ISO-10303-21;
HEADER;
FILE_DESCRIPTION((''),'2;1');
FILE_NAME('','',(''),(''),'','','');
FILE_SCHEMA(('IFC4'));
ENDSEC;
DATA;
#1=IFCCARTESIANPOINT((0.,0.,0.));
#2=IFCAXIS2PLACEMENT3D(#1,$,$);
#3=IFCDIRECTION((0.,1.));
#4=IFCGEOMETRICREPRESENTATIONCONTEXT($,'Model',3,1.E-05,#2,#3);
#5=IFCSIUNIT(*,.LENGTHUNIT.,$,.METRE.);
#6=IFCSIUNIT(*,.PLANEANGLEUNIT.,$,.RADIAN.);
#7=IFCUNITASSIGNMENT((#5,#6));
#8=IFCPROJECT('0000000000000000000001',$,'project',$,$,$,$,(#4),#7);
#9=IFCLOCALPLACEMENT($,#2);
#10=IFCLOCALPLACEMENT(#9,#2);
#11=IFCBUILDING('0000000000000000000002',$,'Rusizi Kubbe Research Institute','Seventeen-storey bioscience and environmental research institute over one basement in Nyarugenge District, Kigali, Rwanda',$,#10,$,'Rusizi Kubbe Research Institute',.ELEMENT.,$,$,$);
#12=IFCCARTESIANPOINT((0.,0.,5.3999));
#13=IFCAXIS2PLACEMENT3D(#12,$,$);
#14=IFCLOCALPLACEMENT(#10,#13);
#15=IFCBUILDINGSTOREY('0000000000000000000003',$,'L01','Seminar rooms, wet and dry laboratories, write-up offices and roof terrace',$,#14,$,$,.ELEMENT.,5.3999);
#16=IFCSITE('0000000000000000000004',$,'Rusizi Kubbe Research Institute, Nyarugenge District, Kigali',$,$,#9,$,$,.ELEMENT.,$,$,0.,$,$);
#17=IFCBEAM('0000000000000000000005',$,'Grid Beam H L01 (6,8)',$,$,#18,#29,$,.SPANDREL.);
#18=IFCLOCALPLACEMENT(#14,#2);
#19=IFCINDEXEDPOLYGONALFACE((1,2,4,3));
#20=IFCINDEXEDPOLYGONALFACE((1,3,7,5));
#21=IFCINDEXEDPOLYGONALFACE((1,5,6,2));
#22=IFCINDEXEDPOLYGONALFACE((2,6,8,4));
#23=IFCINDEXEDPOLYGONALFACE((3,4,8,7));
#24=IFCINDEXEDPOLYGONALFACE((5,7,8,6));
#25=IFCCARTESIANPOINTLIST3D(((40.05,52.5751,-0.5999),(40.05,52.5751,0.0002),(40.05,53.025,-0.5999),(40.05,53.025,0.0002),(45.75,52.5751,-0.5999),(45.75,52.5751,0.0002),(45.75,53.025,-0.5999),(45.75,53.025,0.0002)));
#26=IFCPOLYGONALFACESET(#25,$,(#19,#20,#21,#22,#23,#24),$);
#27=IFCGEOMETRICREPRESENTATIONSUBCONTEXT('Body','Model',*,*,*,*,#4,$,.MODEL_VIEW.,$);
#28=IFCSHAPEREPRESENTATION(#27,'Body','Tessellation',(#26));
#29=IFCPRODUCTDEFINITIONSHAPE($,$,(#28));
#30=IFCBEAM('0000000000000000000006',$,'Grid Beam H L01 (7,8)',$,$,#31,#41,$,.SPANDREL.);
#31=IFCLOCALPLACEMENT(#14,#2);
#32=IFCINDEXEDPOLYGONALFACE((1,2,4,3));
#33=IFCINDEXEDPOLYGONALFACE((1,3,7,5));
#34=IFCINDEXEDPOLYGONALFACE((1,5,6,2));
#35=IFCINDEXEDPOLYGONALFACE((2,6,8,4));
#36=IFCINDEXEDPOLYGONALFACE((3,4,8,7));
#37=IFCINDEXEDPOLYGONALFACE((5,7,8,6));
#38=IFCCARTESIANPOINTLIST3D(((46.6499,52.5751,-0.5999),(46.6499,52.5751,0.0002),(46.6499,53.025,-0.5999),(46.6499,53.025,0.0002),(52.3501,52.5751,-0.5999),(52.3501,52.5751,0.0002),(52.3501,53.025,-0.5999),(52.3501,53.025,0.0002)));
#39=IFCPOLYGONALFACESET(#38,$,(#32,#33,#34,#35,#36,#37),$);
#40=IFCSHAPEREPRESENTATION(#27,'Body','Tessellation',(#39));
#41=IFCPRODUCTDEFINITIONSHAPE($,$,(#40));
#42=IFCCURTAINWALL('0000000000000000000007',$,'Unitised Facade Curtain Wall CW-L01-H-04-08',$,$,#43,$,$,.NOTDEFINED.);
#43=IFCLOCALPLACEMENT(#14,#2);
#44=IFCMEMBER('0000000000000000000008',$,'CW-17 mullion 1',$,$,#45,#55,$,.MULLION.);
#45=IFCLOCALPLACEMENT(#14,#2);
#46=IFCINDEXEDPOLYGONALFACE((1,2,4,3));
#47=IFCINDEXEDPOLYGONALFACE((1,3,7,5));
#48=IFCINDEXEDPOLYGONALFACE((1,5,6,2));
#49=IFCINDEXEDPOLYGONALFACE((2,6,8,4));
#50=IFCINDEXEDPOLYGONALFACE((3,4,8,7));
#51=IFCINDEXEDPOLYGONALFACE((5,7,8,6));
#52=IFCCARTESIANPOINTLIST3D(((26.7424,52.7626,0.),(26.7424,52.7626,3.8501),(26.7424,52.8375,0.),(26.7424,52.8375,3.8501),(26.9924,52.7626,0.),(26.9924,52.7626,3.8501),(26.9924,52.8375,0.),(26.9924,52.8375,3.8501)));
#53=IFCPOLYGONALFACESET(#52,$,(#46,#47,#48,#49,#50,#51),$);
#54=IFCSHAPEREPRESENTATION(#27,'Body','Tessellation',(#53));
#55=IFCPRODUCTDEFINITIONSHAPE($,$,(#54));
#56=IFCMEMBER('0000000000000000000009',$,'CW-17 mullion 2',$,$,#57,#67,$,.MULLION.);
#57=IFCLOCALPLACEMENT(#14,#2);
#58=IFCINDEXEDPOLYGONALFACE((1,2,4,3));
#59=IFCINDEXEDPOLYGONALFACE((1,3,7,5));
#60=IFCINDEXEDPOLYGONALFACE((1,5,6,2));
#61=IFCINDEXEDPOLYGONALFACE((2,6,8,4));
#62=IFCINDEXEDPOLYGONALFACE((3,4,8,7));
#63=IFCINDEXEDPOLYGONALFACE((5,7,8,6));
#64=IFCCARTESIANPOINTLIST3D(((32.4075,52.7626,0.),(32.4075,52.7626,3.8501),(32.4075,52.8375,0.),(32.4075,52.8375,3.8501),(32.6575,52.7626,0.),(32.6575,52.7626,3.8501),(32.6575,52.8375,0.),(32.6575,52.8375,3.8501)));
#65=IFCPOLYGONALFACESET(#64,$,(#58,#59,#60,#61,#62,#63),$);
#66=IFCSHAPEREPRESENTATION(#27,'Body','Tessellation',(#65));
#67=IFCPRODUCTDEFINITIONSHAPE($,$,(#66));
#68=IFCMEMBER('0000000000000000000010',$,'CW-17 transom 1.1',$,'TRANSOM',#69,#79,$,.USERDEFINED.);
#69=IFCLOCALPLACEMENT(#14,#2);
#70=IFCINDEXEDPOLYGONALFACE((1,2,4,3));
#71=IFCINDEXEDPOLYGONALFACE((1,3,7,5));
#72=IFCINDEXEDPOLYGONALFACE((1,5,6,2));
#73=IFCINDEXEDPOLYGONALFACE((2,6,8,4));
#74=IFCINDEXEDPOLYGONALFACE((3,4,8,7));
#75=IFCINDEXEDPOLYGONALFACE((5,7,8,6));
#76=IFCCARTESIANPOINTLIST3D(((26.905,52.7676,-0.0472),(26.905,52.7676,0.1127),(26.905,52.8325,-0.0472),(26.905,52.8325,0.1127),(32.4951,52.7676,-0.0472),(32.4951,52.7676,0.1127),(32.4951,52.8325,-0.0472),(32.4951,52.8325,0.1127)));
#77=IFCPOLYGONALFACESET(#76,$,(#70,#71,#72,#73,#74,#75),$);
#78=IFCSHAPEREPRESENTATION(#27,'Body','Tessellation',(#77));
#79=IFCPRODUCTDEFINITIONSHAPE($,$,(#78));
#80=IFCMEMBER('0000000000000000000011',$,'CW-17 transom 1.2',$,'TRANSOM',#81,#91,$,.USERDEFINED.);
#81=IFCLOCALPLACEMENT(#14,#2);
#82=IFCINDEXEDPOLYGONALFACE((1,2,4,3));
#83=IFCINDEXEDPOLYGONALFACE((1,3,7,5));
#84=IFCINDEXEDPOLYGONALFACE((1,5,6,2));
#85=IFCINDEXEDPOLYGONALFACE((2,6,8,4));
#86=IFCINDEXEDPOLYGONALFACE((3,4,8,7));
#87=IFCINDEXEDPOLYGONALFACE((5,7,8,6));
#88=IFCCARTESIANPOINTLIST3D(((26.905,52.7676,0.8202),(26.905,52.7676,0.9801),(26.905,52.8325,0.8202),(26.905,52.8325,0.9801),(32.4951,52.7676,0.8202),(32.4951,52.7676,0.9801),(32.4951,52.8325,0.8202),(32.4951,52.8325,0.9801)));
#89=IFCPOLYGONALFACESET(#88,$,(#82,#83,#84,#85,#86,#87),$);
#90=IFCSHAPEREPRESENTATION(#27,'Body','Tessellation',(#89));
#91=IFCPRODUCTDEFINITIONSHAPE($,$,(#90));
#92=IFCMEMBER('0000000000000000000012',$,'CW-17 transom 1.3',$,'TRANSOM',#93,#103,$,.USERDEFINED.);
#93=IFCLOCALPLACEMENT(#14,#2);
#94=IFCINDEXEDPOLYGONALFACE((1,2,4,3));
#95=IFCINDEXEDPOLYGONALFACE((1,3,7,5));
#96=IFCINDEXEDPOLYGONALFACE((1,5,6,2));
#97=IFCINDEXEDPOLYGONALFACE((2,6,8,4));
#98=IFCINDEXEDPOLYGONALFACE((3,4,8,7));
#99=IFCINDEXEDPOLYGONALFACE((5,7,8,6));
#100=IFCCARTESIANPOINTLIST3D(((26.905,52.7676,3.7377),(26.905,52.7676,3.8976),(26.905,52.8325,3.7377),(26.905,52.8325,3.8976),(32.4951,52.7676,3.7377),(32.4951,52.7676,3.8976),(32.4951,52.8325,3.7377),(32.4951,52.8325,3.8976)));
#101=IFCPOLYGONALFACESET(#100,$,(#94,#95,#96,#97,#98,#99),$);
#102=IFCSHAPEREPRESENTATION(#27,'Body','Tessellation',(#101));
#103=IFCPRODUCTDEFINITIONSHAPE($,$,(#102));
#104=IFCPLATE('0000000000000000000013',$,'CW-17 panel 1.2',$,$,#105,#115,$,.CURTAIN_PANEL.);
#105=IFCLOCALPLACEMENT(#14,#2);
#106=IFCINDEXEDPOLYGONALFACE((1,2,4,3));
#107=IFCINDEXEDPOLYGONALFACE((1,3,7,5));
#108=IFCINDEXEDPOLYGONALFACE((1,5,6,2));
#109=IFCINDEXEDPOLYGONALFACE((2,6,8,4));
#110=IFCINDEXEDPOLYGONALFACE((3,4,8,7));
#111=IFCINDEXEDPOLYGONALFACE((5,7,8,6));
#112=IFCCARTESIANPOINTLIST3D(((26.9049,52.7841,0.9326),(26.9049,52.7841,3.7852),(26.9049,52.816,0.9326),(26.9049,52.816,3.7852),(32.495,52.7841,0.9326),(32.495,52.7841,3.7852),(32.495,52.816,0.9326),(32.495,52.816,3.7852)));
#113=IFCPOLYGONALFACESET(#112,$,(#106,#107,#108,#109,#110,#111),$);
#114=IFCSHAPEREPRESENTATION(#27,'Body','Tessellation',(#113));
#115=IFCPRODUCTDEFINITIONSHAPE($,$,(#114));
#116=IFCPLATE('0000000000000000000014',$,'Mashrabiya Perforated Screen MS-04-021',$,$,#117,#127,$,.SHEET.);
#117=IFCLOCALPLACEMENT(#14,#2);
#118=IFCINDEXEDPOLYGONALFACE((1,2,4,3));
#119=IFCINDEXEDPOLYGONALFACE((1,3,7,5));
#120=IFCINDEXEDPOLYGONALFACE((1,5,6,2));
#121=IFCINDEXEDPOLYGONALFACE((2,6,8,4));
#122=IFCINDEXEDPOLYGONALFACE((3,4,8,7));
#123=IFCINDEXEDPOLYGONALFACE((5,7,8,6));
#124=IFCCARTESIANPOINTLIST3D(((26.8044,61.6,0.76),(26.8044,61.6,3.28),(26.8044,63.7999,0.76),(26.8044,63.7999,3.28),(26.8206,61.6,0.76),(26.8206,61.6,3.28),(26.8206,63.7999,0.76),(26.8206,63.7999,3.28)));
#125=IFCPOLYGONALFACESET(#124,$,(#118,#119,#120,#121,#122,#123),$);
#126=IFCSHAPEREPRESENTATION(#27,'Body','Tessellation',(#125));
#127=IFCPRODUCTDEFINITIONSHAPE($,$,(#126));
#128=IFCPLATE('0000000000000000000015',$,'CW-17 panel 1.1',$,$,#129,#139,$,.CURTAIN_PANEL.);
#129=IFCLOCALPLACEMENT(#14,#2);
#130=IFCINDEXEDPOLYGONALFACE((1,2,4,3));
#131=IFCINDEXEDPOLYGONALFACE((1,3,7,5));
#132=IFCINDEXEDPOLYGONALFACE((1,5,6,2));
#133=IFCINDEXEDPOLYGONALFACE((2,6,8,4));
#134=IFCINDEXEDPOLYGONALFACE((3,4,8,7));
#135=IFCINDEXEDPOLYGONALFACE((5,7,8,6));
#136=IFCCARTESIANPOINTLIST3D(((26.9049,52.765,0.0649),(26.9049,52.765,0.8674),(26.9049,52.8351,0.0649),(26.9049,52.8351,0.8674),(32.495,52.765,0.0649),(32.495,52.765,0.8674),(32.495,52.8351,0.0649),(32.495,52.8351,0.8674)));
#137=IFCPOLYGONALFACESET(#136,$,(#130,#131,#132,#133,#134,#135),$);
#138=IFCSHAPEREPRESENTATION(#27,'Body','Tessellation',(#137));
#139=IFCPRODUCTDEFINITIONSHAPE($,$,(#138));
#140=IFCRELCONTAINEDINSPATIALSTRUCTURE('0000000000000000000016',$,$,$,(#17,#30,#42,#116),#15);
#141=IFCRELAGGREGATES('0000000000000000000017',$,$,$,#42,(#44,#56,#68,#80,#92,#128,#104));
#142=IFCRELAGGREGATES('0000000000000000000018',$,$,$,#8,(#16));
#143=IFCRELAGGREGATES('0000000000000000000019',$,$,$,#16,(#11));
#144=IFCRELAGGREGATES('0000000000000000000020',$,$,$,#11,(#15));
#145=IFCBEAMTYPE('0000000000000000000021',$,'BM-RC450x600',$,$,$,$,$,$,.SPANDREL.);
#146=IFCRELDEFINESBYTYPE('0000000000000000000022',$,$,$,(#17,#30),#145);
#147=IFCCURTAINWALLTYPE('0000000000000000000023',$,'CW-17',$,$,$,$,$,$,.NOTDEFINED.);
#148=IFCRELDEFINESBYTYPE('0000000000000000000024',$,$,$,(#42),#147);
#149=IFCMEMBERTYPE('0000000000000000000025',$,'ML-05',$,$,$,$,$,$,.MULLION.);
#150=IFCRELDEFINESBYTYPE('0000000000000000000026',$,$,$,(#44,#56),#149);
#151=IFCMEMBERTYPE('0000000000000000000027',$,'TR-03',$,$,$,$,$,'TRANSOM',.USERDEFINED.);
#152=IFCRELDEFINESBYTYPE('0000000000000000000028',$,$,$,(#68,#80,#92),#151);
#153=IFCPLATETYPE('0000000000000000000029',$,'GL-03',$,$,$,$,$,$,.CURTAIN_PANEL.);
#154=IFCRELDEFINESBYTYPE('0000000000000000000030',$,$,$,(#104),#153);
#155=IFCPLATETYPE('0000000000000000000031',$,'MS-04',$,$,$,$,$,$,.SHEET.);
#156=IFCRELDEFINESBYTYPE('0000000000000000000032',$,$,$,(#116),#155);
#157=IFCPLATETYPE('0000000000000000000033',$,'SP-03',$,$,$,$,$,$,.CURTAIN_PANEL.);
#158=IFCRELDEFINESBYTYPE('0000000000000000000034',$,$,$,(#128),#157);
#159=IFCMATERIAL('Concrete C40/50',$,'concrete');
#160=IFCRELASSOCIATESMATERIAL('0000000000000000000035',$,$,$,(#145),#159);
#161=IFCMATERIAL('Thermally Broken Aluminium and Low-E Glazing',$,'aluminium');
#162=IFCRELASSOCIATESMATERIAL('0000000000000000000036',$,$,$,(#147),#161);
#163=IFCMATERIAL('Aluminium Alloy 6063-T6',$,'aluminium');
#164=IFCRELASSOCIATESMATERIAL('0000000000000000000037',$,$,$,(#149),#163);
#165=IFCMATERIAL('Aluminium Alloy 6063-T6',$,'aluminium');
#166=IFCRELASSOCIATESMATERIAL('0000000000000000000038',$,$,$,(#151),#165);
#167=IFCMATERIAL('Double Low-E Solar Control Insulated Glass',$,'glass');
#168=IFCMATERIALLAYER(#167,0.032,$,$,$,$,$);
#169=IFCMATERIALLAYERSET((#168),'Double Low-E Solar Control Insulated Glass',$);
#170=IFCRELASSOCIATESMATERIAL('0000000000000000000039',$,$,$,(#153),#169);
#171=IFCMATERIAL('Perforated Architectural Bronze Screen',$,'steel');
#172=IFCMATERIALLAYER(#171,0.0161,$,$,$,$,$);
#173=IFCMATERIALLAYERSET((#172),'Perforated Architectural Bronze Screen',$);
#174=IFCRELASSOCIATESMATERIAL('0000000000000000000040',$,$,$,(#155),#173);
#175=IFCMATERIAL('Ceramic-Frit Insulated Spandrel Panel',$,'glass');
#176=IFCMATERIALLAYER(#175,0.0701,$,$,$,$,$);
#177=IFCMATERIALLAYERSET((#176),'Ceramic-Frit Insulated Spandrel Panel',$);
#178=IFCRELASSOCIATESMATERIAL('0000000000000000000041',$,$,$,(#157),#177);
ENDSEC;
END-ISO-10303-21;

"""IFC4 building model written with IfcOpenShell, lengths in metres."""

from ifc_helpers import new_model, si_unit, direction, frame, origin, origin_2d, place, context, subcontext, project, spatial, rectangle, extrude, material, layer, layer_set, material_profile, profile_set, type_object, element, aggregate, save


model = new_model("IFC4")

# Units and contexts
model_context = context("Model", 3, precision=1e-05, world=origin(), true_north=direction((0.0, 1.0)))
body_context = subcontext(model_context, "Body", "Model", "MODEL_VIEW")
ifc_project = project(units=[si_unit("LENGTHUNIT", "METRE"), si_unit("PLANEANGLEUNIT", "RADIAN")], contexts=[model_context])

# Site, building, storey
site_placement = place(None, origin())
site = spatial("IfcSite", under=ifc_project, at=site_placement, Name="Rusizi Kubbe Research Institute, Nyarugenge District, Kigali", CompositionType="ELEMENT", RefElevation=0.0)
building_placement = place(site_placement, origin())
building = spatial("IfcBuilding", under=site, at=building_placement, Name="Rusizi Kubbe Research Institute", Description="Seventeen-storey bioscience and environmental research institute over one basement in Nyarugenge District, Kigali, Rwanda", LongName="Rusizi Kubbe Research Institute", CompositionType="ELEMENT")
storey_placement = place(building_placement, frame((0.0, 0.0, 5.3999)))
storey = spatial("IfcBuildingStorey", under=building, at=storey_placement, Name="L01", Description="Seminar rooms, wet and dry laboratories, write-up offices and roof terrace", CompositionType="ELEMENT", Elevation=5.3999)

# Beams
ifc_material_1 = material(Name="Concrete C40/50", Category="concrete")
ifc_material_profile_1 = material_profile(ifc_material_1, rectangle(XDim=0.45, YDim=0.6001, at=origin_2d()), Name="RC450x600")
ifc_profile_set_1 = profile_set([ifc_material_profile_1], Name="Concrete C40/50")
beam_type = type_object("IfcBeamType", Name="BM-RC450x600", PredefinedType="SPANDREL", material=ifc_profile_set_1)
beam_1_placement = place(storey_placement, frame((40.05, 52.8, -0.2998), z_axis=(1.0, 0.0, 0.0), x_axis=(0.0, 1.0, 0.0)))
element("IfcBeam", 1, at=beam_1_placement, inside=storey, type_object=beam_type, Name="Grid Beam H L01 (6,8)", PredefinedType="SPANDREL", context=body_context, shape_type="SweptSolid", body=[
    extrude(rectangle(XDim=0.45, YDim=0.6001, at=origin_2d()), origin(), (0.0, 0.0, 1.0), 5.7),
])
beam_2_placement = place(storey_placement, frame((46.6499, 52.8, -0.2998), z_axis=(1.0, 0.0, 0.0), x_axis=(0.0, 1.0, 0.0)))
element("IfcBeam", 2, at=beam_2_placement, inside=storey, type_object=beam_type, Name="Grid Beam H L01 (7,8)", PredefinedType="SPANDREL", context=body_context, shape_type="SweptSolid", body=[
    extrude(rectangle(XDim=0.45, YDim=0.6001, at=origin_2d()), origin(), (0.0, 0.0, 1.0), 5.7002),
])

# Curtain wall, members, plate
ifc_material_2 = material(Name="Thermally Broken Aluminium and Low-E Glazing", Category="aluminium")
curtain_wall_type = type_object("IfcCurtainWallType", Name="CW-17", PredefinedType="NOTDEFINED", material=ifc_material_2)
curtain_wall_placement = place(storey_placement, origin())
curtain_wall = element("IfcCurtainWall", 3, at=curtain_wall_placement, inside=storey, type_object=curtain_wall_type, Name="Unitised Facade Curtain Wall CW-L01-H-04-08", PredefinedType="NOTDEFINED")
ifc_material_3 = material(Name="Aluminium Alloy 6063-T6", Category="aluminium")
ifc_material_profile_2 = material_profile(ifc_material_3, rectangle(XDim=0.075, YDim=0.25, at=origin_2d()), Name="ALU-M 75x250")
ifc_profile_set_2 = profile_set([ifc_material_profile_2], Name="Aluminium Alloy 6063-T6")
member_type_1 = type_object("IfcMemberType", Name="ML-05", PredefinedType="MULLION", material=ifc_profile_set_2)
member_1_placement = place(storey_placement, frame((26.8674, 52.8, 0.0), z_axis=(0.0, 0.0, 1.0), x_axis=(0.0, 1.0, 0.0)))
member_1 = element("IfcMember", 4, at=member_1_placement, type_object=member_type_1, Name="CW-17 mullion 1", PredefinedType="MULLION", context=body_context, shape_type="SweptSolid", body=[
    extrude(rectangle(XDim=0.075, YDim=0.25, at=origin_2d()), origin(), (0.0, 0.0, 1.0), 3.8501),
])
member_2_placement = place(storey_placement, frame((32.5325, 52.8, 0.0), z_axis=(0.0, 0.0, 1.0), x_axis=(0.0, 1.0, 0.0)))
member_2 = element("IfcMember", 5, at=member_2_placement, type_object=member_type_1, Name="CW-17 mullion 2", PredefinedType="MULLION", context=body_context, shape_type="SweptSolid", body=[
    extrude(rectangle(XDim=0.075, YDim=0.25, at=origin_2d()), origin(), (0.0, 0.0, 1.0), 3.8501),
])
ifc_material_4 = material(Name="Aluminium Alloy 6063-T6", Category="aluminium")
ifc_material_profile_3 = material_profile(ifc_material_4, rectangle(XDim=0.0649, YDim=0.1599, at=origin_2d()), Name="ALU-T 65x160")
ifc_profile_set_3 = profile_set([ifc_material_profile_3], Name="Aluminium Alloy 6063-T6")
member_type_2 = type_object("IfcMemberType", Name="TR-03", ElementType="TRANSOM", PredefinedType="USERDEFINED", material=ifc_profile_set_3)
member_3_placement = place(storey_placement, frame((26.905, 52.8, 0.0327), z_axis=(1.0, 0.0, 0.0), x_axis=(0.0, 1.0, 0.0)))
member_3 = element("IfcMember", 6, at=member_3_placement, type_object=member_type_2, Name="CW-17 transom 1.1", ObjectType="TRANSOM", PredefinedType="USERDEFINED", context=body_context, shape_type="SweptSolid", body=[
    extrude(rectangle(XDim=0.0649, YDim=0.1599, at=origin_2d()), origin(), (0.0, 0.0, 1.0), 5.5901),
])
member_4_placement = place(storey_placement, frame((26.905, 52.8, 0.9001), z_axis=(1.0, 0.0, 0.0), x_axis=(0.0, 1.0, 0.0)))
member_4 = element("IfcMember", 7, at=member_4_placement, type_object=member_type_2, Name="CW-17 transom 1.2", ObjectType="TRANSOM", PredefinedType="USERDEFINED", context=body_context, shape_type="SweptSolid", body=[
    extrude(rectangle(XDim=0.0649, YDim=0.1599, at=origin_2d()), origin(), (0.0, 0.0, 1.0), 5.5901),
])
member_5_placement = place(storey_placement, frame((26.905, 52.8, 3.8176), z_axis=(1.0, 0.0, 0.0), x_axis=(0.0, 1.0, 0.0)))
member_5 = element("IfcMember", 8, at=member_5_placement, type_object=member_type_2, Name="CW-17 transom 1.3", ObjectType="TRANSOM", PredefinedType="USERDEFINED", context=body_context, shape_type="SweptSolid", body=[
    extrude(rectangle(XDim=0.0649, YDim=0.1599, at=origin_2d()), origin(), (0.0, 0.0, 1.0), 5.5901),
])
ifc_material_5 = material(Name="Double Low-E Solar Control Insulated Glass", Category="glass")
ifc_layer_1 = layer(ifc_material_5, 0.032)
ifc_layer_set_1 = layer_set([ifc_layer_1], Name="Double Low-E Solar Control Insulated Glass")
plate_type_1 = type_object("IfcPlateType", Name="GL-03", PredefinedType="CURTAIN_PANEL", material=ifc_layer_set_1)
plate_1_placement = place(storey_placement, frame((29.7, 52.8, 0.9326), z_axis=(0.0, 0.0, 1.0), x_axis=(1.0, 0.0, 0.0)))
plate_1 = element("IfcPlate", 9, at=plate_1_placement, type_object=plate_type_1, Name="CW-17 panel 1.2", PredefinedType="CURTAIN_PANEL", context=body_context, shape_type="SweptSolid", body=[
    extrude(rectangle(XDim=5.5901, YDim=0.032, at=origin_2d()), origin(), (0.0, 0.0, 1.0), 2.8525),
])

# Plates
ifc_material_6 = material(Name="Perforated Architectural Bronze Screen", Category="steel")
ifc_layer_2 = layer(ifc_material_6, 0.0161)
ifc_layer_set_2 = layer_set([ifc_layer_2], Name="Perforated Architectural Bronze Screen")
plate_type_2 = type_object("IfcPlateType", Name="MS-04", PredefinedType="SHEET", material=ifc_layer_set_2)
plate_2_placement = place(storey_placement, frame((26.8125, 62.7, 0.76), z_axis=(0.0, 0.0, 1.0), x_axis=(0.0, 1.0, 0.0)))
element("IfcPlate", 10, at=plate_2_placement, inside=storey, type_object=plate_type_2, Name="Mashrabiya Perforated Screen MS-04-021", PredefinedType="SHEET", context=body_context, shape_type="SweptSolid", body=[
    extrude(rectangle(XDim=2.2, YDim=0.0161, at=origin_2d()), origin(), (0.0, 0.0, 1.0), 2.52),
])
ifc_material_7 = material(Name="Ceramic-Frit Insulated Spandrel Panel", Category="glass")
ifc_layer_3 = layer(ifc_material_7, 0.0701)
ifc_layer_set_3 = layer_set([ifc_layer_3], Name="Ceramic-Frit Insulated Spandrel Panel")
plate_type_3 = type_object("IfcPlateType", Name="SP-03", PredefinedType="CURTAIN_PANEL", material=ifc_layer_set_3)
plate_3_placement = place(storey_placement, frame((29.7, 52.8, 0.0649), z_axis=(0.0, 0.0, 1.0), x_axis=(1.0, 0.0, 0.0)))
plate_3 = element("IfcPlate", 11, at=plate_3_placement, type_object=plate_type_3, Name="CW-17 panel 1.1", PredefinedType="CURTAIN_PANEL", context=body_context, shape_type="SweptSolid", body=[
    extrude(rectangle(XDim=5.5901, YDim=0.0701, at=origin_2d()), origin(), (0.0, 0.0, 1.0), 0.8025),
])
aggregate(curtain_wall, [member_1, member_2, member_3, member_4, member_5, plate_3, plate_1])

save(model, "model.ifc")
